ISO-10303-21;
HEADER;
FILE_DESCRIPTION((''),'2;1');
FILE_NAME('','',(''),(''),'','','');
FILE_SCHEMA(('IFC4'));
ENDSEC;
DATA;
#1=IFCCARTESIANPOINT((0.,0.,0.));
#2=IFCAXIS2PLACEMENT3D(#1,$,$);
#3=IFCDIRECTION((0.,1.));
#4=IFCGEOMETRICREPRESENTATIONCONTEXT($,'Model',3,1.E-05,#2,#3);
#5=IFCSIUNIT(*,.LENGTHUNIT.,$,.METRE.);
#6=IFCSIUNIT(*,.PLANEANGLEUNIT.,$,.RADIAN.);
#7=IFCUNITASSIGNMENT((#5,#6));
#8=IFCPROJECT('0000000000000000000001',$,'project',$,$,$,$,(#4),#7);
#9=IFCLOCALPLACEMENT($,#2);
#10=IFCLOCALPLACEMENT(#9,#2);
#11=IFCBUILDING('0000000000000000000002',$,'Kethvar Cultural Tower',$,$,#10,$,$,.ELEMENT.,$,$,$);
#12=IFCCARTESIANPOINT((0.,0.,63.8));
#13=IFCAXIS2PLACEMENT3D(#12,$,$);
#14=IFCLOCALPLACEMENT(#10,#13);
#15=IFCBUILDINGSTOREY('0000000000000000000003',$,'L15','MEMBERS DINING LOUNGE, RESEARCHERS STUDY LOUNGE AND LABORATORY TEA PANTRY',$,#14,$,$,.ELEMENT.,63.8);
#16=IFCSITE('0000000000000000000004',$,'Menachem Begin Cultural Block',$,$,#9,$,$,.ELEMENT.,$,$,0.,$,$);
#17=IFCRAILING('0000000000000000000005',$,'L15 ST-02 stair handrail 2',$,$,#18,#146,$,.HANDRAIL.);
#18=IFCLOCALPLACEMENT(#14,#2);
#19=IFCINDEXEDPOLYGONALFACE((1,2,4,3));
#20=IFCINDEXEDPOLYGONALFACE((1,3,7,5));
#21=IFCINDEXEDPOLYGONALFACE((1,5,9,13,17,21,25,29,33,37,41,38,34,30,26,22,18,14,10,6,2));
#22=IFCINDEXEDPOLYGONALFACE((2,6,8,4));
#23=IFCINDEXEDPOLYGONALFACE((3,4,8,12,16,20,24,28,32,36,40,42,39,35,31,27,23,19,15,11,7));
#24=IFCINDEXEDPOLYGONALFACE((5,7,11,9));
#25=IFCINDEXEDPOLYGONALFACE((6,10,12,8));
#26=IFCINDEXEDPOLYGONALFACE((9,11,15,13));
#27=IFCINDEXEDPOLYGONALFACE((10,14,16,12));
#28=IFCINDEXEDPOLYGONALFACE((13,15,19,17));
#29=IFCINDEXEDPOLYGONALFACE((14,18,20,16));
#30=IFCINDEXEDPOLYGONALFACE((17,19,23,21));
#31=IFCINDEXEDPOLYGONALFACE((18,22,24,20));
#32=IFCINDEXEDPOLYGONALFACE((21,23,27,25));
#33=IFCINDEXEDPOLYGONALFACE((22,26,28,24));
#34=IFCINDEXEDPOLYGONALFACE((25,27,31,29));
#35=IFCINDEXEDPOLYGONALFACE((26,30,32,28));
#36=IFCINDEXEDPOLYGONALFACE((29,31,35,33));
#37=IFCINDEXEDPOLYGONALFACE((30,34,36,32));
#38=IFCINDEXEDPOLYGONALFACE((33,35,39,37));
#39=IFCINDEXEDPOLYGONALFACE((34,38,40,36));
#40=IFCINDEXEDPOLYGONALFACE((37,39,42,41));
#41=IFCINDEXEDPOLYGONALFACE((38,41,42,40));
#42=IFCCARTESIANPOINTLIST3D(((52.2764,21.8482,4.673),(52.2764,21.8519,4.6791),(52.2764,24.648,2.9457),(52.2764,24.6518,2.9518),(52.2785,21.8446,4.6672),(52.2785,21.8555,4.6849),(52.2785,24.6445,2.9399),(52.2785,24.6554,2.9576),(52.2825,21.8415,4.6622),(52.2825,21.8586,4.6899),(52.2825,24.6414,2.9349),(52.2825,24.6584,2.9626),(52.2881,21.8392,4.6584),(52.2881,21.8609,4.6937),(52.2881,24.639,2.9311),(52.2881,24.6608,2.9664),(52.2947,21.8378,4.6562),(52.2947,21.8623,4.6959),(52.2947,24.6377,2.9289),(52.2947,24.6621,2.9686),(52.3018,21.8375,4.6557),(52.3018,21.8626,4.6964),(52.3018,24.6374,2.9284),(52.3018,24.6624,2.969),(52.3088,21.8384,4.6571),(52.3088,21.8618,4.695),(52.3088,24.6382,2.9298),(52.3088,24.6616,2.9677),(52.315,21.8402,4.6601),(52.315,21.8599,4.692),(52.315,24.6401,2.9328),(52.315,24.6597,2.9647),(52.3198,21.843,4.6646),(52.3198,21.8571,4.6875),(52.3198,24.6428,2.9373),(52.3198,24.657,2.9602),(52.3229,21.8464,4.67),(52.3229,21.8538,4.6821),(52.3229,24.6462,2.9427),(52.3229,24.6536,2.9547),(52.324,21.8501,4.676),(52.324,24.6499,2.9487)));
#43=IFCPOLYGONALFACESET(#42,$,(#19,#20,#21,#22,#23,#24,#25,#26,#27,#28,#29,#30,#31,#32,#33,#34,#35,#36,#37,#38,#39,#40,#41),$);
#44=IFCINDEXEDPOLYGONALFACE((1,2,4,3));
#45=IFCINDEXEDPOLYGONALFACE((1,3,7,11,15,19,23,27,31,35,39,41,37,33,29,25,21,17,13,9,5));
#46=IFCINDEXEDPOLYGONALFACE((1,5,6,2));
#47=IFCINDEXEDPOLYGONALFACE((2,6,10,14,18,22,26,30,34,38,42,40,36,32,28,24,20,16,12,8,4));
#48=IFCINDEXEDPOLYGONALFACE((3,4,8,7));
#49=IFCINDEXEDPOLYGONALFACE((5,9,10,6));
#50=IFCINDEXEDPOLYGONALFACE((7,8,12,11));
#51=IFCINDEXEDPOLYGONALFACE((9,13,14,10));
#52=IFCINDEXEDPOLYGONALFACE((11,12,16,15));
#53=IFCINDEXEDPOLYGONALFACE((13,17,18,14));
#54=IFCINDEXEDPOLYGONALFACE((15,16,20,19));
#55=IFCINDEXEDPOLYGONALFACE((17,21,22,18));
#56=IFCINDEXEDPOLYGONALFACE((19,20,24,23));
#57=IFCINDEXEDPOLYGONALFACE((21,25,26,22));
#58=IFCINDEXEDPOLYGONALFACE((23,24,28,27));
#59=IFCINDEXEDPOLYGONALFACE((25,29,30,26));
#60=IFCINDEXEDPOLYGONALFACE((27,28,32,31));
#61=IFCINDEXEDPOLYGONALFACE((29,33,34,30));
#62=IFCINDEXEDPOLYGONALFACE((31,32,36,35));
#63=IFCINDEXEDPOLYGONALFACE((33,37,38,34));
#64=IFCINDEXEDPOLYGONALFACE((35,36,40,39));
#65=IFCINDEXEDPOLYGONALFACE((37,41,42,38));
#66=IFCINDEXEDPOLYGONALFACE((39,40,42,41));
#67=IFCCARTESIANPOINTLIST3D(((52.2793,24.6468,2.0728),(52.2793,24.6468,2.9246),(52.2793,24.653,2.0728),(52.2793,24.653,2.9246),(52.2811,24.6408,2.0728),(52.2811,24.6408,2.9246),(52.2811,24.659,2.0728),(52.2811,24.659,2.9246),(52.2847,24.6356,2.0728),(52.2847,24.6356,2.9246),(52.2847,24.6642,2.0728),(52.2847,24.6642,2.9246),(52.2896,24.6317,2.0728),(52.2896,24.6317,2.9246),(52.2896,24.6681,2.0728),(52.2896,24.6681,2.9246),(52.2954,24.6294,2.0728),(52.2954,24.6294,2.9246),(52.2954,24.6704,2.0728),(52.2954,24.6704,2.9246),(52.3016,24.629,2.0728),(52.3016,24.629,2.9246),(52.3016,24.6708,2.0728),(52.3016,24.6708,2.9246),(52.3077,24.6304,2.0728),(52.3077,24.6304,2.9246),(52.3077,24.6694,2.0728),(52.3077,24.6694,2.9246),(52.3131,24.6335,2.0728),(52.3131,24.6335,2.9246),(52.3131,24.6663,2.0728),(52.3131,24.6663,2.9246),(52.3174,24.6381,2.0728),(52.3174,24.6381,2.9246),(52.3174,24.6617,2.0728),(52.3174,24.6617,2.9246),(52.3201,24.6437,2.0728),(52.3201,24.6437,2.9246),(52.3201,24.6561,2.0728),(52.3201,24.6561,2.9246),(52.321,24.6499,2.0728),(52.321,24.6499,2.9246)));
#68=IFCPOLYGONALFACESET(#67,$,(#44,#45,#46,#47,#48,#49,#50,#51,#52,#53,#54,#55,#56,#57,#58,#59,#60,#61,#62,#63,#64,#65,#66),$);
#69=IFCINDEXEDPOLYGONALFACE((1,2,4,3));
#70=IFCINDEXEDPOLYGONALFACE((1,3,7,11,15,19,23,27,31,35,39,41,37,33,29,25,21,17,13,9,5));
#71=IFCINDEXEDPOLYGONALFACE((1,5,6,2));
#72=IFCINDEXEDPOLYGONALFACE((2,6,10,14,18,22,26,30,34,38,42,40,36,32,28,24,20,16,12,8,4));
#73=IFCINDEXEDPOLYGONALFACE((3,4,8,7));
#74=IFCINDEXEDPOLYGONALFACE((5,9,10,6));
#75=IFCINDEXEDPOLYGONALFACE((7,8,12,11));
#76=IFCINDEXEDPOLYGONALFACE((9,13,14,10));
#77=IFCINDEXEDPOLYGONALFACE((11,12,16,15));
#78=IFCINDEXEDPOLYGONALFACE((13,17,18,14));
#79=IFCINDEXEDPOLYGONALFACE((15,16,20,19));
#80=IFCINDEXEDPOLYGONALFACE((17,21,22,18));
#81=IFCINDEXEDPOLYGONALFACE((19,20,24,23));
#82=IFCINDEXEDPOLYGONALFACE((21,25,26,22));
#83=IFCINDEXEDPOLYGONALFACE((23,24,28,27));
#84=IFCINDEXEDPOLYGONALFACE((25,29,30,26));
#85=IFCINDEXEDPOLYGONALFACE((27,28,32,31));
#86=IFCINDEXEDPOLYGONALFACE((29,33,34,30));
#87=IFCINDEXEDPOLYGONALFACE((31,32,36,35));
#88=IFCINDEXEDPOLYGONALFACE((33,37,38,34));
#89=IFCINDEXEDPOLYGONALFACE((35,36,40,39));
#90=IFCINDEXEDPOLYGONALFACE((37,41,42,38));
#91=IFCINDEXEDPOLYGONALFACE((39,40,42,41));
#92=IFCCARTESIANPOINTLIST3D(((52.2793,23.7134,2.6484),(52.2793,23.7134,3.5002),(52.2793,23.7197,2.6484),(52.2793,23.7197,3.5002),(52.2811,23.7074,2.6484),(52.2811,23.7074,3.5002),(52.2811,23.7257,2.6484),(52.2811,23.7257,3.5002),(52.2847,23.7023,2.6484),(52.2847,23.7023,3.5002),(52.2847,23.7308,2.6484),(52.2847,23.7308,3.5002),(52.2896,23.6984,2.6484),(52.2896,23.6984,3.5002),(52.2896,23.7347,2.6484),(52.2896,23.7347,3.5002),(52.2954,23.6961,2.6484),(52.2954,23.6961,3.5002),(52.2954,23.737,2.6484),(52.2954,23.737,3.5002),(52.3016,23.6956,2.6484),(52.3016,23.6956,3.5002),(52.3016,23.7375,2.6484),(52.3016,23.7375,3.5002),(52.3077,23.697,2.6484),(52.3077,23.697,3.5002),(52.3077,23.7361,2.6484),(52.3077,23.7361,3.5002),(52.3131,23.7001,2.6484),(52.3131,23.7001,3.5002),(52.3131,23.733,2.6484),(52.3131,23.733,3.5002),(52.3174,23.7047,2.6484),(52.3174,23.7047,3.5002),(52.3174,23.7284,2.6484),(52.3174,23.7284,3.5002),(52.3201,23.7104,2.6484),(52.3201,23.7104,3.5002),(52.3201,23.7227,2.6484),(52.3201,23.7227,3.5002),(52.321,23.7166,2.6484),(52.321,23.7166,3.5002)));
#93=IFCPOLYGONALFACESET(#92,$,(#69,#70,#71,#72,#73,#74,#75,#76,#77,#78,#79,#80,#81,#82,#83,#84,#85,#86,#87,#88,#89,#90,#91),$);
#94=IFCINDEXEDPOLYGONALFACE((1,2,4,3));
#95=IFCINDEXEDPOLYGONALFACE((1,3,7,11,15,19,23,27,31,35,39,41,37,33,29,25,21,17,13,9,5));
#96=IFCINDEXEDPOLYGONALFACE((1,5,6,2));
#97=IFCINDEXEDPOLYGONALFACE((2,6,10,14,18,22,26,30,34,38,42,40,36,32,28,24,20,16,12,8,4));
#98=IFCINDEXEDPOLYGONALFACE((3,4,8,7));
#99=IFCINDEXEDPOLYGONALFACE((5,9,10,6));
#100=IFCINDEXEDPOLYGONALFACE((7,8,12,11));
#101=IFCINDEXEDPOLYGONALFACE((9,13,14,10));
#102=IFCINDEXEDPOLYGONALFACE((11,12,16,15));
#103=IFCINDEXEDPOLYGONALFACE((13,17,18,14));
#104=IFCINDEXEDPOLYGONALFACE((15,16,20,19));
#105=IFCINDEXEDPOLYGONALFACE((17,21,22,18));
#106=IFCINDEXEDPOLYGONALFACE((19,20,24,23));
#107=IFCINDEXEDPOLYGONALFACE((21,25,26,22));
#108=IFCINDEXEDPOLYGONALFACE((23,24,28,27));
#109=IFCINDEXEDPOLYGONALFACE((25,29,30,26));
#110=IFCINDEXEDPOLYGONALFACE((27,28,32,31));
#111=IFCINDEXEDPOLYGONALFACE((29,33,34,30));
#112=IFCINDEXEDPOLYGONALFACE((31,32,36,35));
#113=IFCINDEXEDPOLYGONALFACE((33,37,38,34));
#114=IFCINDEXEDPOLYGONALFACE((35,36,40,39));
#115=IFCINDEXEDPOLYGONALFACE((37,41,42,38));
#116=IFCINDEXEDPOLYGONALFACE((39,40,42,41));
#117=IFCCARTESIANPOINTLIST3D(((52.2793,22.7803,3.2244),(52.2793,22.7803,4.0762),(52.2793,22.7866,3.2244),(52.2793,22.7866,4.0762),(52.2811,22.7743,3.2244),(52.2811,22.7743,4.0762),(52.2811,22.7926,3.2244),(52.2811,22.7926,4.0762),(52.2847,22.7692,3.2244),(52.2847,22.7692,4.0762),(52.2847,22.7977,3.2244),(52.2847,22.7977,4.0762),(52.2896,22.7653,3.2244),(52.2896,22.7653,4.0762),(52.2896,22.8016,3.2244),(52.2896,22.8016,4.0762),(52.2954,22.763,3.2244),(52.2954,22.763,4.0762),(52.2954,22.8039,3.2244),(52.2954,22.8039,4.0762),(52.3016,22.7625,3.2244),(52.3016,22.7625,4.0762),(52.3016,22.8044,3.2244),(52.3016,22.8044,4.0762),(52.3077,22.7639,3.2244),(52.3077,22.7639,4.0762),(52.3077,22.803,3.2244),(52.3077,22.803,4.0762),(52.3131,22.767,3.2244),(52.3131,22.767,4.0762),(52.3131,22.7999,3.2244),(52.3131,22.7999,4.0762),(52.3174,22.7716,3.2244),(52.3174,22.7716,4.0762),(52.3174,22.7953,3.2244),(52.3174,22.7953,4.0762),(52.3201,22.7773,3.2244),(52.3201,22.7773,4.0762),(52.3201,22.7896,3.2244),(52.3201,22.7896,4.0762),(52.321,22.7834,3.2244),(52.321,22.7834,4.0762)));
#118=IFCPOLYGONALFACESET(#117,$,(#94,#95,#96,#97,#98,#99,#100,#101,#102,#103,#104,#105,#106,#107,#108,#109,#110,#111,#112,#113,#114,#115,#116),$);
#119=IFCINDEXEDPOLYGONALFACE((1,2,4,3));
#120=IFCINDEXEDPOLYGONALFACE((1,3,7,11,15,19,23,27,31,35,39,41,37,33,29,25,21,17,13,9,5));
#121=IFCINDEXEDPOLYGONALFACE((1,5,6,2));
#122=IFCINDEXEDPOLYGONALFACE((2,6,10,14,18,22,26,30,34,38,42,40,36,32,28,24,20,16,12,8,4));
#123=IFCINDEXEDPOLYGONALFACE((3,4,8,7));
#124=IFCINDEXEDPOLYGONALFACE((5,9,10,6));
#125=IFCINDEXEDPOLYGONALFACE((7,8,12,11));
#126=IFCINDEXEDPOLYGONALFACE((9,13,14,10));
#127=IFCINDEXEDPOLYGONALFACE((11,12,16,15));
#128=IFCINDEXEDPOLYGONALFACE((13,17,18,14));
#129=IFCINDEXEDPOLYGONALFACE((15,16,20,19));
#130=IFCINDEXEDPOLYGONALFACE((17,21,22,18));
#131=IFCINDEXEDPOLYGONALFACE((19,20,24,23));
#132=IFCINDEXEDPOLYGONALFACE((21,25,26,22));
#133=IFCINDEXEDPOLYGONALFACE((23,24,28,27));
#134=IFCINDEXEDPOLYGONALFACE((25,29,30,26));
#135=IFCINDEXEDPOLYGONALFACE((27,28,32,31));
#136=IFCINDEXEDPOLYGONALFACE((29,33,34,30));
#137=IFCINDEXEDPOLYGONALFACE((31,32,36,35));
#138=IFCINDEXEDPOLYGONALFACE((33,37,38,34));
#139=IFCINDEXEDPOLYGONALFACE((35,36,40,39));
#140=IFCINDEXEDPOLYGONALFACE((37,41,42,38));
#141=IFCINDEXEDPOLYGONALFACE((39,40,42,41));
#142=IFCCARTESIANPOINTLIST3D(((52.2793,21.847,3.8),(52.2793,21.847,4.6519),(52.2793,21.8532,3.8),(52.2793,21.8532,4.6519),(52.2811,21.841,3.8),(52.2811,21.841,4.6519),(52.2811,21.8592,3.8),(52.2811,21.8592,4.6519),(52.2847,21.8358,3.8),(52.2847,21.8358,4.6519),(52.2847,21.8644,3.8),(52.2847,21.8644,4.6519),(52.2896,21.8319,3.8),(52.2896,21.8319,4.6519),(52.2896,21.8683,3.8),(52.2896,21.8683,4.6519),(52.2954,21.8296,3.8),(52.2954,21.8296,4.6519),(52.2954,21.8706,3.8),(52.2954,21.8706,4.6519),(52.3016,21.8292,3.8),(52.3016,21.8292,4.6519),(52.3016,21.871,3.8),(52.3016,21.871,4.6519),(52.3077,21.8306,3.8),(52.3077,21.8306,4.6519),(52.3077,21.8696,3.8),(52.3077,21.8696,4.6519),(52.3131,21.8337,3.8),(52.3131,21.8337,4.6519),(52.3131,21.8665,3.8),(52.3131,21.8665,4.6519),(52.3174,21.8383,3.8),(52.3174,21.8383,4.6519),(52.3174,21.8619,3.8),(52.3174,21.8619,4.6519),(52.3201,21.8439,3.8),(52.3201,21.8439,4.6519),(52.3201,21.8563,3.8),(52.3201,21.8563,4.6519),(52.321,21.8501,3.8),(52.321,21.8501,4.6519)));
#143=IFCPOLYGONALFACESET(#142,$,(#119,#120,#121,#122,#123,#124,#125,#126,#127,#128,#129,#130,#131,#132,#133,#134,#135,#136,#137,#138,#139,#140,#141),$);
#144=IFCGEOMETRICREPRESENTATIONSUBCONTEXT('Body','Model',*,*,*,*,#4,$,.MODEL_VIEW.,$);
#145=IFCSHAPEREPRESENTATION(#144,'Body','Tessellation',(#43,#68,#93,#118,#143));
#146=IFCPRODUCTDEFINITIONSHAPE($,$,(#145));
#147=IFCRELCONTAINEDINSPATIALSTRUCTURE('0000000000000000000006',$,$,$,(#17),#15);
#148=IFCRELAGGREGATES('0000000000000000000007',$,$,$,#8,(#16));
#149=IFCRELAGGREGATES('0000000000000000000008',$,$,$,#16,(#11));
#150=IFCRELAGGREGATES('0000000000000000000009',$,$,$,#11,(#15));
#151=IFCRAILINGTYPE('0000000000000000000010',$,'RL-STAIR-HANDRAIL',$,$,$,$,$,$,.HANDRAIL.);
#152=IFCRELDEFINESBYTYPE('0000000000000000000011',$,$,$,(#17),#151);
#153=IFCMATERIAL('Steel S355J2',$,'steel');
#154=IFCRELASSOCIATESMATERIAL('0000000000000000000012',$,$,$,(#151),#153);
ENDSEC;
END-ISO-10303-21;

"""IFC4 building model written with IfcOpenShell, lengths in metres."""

from ifc_helpers import new_model, si_unit, direction, frame, origin, origin_2d, place, context, subcontext, project, spatial, circle, extrude, material, type_object, element, save


model = new_model("IFC4")

# Units and contexts
model_context = context("Model", 3, precision=1e-05, world=origin(), true_north=direction((0.0, 1.0)))
body_context = subcontext(model_context, "Body", "Model", "MODEL_VIEW")
ifc_project = project(units=[si_unit("LENGTHUNIT", "METRE"), si_unit("PLANEANGLEUNIT", "RADIAN")], contexts=[model_context])

# Site, building, storey
site_placement = place(None, origin())
site = spatial("IfcSite", under=ifc_project, at=site_placement, Name="Menachem Begin Cultural Block", CompositionType="ELEMENT", RefElevation=0.0)
building_placement = place(site_placement, origin())
building = spatial("IfcBuilding", under=site, at=building_placement, Name="Kethvar Cultural Tower", CompositionType="ELEMENT")
storey_placement = place(building_placement, frame((0.0, 0.0, 63.8)))
storey = spatial("IfcBuildingStorey", under=building, at=storey_placement, Name="L15", Description="MEMBERS DINING LOUNGE, RESEARCHERS STUDY LOUNGE AND LABORATORY TEA PANTRY", CompositionType="ELEMENT", Elevation=63.8)

# Shared definitions
ifc_material_1 = material(Name="Steel S355J2", Category="steel")

# Railing
railing_type_1 = type_object("IfcRailingType", Name="RL-STAIR-HANDRAIL", PredefinedType="HANDRAIL", material=ifc_material_1)
railing_1_placement = place(storey_placement, frame((52.3, 24.6499, 2.0728)))
element("IfcRailing", 1, at=railing_1_placement, inside=storey, type_object=railing_type_1, Name="L15 ST-02 stair handrail 2", PredefinedType="HANDRAIL", context=body_context, shape_type="SweptSolid", body=[
    extrude(circle(Radius=0.0239, at=origin_2d()), frame((0.0, 0.0, 0.876), z_axis=(0.0, -0.851069, 0.525054), x_axis=(1.0, 0.0, 0.0)), (0.0, 0.0, 1.0), 3.2898),
    extrude(circle(Radius=0.021, at=origin_2d()), origin(), (0.0, 0.0, 1.0), 0.8518),
    extrude(circle(Radius=0.021, at=origin_2d()), frame((0.0, -0.9333, 0.5757)), (0.0, 0.0, 1.0), 0.8518),
    extrude(circle(Radius=0.021, at=origin_2d()), frame((0.0, -1.8665, 1.1516)), (0.0, 0.0, 1.0), 0.8518),
    extrude(circle(Radius=0.021, at=origin_2d()), frame((0.0, -2.7998, 1.7273)), (0.0, 0.0, 1.0), 0.8518),
])

save(model, "model.ifc")
